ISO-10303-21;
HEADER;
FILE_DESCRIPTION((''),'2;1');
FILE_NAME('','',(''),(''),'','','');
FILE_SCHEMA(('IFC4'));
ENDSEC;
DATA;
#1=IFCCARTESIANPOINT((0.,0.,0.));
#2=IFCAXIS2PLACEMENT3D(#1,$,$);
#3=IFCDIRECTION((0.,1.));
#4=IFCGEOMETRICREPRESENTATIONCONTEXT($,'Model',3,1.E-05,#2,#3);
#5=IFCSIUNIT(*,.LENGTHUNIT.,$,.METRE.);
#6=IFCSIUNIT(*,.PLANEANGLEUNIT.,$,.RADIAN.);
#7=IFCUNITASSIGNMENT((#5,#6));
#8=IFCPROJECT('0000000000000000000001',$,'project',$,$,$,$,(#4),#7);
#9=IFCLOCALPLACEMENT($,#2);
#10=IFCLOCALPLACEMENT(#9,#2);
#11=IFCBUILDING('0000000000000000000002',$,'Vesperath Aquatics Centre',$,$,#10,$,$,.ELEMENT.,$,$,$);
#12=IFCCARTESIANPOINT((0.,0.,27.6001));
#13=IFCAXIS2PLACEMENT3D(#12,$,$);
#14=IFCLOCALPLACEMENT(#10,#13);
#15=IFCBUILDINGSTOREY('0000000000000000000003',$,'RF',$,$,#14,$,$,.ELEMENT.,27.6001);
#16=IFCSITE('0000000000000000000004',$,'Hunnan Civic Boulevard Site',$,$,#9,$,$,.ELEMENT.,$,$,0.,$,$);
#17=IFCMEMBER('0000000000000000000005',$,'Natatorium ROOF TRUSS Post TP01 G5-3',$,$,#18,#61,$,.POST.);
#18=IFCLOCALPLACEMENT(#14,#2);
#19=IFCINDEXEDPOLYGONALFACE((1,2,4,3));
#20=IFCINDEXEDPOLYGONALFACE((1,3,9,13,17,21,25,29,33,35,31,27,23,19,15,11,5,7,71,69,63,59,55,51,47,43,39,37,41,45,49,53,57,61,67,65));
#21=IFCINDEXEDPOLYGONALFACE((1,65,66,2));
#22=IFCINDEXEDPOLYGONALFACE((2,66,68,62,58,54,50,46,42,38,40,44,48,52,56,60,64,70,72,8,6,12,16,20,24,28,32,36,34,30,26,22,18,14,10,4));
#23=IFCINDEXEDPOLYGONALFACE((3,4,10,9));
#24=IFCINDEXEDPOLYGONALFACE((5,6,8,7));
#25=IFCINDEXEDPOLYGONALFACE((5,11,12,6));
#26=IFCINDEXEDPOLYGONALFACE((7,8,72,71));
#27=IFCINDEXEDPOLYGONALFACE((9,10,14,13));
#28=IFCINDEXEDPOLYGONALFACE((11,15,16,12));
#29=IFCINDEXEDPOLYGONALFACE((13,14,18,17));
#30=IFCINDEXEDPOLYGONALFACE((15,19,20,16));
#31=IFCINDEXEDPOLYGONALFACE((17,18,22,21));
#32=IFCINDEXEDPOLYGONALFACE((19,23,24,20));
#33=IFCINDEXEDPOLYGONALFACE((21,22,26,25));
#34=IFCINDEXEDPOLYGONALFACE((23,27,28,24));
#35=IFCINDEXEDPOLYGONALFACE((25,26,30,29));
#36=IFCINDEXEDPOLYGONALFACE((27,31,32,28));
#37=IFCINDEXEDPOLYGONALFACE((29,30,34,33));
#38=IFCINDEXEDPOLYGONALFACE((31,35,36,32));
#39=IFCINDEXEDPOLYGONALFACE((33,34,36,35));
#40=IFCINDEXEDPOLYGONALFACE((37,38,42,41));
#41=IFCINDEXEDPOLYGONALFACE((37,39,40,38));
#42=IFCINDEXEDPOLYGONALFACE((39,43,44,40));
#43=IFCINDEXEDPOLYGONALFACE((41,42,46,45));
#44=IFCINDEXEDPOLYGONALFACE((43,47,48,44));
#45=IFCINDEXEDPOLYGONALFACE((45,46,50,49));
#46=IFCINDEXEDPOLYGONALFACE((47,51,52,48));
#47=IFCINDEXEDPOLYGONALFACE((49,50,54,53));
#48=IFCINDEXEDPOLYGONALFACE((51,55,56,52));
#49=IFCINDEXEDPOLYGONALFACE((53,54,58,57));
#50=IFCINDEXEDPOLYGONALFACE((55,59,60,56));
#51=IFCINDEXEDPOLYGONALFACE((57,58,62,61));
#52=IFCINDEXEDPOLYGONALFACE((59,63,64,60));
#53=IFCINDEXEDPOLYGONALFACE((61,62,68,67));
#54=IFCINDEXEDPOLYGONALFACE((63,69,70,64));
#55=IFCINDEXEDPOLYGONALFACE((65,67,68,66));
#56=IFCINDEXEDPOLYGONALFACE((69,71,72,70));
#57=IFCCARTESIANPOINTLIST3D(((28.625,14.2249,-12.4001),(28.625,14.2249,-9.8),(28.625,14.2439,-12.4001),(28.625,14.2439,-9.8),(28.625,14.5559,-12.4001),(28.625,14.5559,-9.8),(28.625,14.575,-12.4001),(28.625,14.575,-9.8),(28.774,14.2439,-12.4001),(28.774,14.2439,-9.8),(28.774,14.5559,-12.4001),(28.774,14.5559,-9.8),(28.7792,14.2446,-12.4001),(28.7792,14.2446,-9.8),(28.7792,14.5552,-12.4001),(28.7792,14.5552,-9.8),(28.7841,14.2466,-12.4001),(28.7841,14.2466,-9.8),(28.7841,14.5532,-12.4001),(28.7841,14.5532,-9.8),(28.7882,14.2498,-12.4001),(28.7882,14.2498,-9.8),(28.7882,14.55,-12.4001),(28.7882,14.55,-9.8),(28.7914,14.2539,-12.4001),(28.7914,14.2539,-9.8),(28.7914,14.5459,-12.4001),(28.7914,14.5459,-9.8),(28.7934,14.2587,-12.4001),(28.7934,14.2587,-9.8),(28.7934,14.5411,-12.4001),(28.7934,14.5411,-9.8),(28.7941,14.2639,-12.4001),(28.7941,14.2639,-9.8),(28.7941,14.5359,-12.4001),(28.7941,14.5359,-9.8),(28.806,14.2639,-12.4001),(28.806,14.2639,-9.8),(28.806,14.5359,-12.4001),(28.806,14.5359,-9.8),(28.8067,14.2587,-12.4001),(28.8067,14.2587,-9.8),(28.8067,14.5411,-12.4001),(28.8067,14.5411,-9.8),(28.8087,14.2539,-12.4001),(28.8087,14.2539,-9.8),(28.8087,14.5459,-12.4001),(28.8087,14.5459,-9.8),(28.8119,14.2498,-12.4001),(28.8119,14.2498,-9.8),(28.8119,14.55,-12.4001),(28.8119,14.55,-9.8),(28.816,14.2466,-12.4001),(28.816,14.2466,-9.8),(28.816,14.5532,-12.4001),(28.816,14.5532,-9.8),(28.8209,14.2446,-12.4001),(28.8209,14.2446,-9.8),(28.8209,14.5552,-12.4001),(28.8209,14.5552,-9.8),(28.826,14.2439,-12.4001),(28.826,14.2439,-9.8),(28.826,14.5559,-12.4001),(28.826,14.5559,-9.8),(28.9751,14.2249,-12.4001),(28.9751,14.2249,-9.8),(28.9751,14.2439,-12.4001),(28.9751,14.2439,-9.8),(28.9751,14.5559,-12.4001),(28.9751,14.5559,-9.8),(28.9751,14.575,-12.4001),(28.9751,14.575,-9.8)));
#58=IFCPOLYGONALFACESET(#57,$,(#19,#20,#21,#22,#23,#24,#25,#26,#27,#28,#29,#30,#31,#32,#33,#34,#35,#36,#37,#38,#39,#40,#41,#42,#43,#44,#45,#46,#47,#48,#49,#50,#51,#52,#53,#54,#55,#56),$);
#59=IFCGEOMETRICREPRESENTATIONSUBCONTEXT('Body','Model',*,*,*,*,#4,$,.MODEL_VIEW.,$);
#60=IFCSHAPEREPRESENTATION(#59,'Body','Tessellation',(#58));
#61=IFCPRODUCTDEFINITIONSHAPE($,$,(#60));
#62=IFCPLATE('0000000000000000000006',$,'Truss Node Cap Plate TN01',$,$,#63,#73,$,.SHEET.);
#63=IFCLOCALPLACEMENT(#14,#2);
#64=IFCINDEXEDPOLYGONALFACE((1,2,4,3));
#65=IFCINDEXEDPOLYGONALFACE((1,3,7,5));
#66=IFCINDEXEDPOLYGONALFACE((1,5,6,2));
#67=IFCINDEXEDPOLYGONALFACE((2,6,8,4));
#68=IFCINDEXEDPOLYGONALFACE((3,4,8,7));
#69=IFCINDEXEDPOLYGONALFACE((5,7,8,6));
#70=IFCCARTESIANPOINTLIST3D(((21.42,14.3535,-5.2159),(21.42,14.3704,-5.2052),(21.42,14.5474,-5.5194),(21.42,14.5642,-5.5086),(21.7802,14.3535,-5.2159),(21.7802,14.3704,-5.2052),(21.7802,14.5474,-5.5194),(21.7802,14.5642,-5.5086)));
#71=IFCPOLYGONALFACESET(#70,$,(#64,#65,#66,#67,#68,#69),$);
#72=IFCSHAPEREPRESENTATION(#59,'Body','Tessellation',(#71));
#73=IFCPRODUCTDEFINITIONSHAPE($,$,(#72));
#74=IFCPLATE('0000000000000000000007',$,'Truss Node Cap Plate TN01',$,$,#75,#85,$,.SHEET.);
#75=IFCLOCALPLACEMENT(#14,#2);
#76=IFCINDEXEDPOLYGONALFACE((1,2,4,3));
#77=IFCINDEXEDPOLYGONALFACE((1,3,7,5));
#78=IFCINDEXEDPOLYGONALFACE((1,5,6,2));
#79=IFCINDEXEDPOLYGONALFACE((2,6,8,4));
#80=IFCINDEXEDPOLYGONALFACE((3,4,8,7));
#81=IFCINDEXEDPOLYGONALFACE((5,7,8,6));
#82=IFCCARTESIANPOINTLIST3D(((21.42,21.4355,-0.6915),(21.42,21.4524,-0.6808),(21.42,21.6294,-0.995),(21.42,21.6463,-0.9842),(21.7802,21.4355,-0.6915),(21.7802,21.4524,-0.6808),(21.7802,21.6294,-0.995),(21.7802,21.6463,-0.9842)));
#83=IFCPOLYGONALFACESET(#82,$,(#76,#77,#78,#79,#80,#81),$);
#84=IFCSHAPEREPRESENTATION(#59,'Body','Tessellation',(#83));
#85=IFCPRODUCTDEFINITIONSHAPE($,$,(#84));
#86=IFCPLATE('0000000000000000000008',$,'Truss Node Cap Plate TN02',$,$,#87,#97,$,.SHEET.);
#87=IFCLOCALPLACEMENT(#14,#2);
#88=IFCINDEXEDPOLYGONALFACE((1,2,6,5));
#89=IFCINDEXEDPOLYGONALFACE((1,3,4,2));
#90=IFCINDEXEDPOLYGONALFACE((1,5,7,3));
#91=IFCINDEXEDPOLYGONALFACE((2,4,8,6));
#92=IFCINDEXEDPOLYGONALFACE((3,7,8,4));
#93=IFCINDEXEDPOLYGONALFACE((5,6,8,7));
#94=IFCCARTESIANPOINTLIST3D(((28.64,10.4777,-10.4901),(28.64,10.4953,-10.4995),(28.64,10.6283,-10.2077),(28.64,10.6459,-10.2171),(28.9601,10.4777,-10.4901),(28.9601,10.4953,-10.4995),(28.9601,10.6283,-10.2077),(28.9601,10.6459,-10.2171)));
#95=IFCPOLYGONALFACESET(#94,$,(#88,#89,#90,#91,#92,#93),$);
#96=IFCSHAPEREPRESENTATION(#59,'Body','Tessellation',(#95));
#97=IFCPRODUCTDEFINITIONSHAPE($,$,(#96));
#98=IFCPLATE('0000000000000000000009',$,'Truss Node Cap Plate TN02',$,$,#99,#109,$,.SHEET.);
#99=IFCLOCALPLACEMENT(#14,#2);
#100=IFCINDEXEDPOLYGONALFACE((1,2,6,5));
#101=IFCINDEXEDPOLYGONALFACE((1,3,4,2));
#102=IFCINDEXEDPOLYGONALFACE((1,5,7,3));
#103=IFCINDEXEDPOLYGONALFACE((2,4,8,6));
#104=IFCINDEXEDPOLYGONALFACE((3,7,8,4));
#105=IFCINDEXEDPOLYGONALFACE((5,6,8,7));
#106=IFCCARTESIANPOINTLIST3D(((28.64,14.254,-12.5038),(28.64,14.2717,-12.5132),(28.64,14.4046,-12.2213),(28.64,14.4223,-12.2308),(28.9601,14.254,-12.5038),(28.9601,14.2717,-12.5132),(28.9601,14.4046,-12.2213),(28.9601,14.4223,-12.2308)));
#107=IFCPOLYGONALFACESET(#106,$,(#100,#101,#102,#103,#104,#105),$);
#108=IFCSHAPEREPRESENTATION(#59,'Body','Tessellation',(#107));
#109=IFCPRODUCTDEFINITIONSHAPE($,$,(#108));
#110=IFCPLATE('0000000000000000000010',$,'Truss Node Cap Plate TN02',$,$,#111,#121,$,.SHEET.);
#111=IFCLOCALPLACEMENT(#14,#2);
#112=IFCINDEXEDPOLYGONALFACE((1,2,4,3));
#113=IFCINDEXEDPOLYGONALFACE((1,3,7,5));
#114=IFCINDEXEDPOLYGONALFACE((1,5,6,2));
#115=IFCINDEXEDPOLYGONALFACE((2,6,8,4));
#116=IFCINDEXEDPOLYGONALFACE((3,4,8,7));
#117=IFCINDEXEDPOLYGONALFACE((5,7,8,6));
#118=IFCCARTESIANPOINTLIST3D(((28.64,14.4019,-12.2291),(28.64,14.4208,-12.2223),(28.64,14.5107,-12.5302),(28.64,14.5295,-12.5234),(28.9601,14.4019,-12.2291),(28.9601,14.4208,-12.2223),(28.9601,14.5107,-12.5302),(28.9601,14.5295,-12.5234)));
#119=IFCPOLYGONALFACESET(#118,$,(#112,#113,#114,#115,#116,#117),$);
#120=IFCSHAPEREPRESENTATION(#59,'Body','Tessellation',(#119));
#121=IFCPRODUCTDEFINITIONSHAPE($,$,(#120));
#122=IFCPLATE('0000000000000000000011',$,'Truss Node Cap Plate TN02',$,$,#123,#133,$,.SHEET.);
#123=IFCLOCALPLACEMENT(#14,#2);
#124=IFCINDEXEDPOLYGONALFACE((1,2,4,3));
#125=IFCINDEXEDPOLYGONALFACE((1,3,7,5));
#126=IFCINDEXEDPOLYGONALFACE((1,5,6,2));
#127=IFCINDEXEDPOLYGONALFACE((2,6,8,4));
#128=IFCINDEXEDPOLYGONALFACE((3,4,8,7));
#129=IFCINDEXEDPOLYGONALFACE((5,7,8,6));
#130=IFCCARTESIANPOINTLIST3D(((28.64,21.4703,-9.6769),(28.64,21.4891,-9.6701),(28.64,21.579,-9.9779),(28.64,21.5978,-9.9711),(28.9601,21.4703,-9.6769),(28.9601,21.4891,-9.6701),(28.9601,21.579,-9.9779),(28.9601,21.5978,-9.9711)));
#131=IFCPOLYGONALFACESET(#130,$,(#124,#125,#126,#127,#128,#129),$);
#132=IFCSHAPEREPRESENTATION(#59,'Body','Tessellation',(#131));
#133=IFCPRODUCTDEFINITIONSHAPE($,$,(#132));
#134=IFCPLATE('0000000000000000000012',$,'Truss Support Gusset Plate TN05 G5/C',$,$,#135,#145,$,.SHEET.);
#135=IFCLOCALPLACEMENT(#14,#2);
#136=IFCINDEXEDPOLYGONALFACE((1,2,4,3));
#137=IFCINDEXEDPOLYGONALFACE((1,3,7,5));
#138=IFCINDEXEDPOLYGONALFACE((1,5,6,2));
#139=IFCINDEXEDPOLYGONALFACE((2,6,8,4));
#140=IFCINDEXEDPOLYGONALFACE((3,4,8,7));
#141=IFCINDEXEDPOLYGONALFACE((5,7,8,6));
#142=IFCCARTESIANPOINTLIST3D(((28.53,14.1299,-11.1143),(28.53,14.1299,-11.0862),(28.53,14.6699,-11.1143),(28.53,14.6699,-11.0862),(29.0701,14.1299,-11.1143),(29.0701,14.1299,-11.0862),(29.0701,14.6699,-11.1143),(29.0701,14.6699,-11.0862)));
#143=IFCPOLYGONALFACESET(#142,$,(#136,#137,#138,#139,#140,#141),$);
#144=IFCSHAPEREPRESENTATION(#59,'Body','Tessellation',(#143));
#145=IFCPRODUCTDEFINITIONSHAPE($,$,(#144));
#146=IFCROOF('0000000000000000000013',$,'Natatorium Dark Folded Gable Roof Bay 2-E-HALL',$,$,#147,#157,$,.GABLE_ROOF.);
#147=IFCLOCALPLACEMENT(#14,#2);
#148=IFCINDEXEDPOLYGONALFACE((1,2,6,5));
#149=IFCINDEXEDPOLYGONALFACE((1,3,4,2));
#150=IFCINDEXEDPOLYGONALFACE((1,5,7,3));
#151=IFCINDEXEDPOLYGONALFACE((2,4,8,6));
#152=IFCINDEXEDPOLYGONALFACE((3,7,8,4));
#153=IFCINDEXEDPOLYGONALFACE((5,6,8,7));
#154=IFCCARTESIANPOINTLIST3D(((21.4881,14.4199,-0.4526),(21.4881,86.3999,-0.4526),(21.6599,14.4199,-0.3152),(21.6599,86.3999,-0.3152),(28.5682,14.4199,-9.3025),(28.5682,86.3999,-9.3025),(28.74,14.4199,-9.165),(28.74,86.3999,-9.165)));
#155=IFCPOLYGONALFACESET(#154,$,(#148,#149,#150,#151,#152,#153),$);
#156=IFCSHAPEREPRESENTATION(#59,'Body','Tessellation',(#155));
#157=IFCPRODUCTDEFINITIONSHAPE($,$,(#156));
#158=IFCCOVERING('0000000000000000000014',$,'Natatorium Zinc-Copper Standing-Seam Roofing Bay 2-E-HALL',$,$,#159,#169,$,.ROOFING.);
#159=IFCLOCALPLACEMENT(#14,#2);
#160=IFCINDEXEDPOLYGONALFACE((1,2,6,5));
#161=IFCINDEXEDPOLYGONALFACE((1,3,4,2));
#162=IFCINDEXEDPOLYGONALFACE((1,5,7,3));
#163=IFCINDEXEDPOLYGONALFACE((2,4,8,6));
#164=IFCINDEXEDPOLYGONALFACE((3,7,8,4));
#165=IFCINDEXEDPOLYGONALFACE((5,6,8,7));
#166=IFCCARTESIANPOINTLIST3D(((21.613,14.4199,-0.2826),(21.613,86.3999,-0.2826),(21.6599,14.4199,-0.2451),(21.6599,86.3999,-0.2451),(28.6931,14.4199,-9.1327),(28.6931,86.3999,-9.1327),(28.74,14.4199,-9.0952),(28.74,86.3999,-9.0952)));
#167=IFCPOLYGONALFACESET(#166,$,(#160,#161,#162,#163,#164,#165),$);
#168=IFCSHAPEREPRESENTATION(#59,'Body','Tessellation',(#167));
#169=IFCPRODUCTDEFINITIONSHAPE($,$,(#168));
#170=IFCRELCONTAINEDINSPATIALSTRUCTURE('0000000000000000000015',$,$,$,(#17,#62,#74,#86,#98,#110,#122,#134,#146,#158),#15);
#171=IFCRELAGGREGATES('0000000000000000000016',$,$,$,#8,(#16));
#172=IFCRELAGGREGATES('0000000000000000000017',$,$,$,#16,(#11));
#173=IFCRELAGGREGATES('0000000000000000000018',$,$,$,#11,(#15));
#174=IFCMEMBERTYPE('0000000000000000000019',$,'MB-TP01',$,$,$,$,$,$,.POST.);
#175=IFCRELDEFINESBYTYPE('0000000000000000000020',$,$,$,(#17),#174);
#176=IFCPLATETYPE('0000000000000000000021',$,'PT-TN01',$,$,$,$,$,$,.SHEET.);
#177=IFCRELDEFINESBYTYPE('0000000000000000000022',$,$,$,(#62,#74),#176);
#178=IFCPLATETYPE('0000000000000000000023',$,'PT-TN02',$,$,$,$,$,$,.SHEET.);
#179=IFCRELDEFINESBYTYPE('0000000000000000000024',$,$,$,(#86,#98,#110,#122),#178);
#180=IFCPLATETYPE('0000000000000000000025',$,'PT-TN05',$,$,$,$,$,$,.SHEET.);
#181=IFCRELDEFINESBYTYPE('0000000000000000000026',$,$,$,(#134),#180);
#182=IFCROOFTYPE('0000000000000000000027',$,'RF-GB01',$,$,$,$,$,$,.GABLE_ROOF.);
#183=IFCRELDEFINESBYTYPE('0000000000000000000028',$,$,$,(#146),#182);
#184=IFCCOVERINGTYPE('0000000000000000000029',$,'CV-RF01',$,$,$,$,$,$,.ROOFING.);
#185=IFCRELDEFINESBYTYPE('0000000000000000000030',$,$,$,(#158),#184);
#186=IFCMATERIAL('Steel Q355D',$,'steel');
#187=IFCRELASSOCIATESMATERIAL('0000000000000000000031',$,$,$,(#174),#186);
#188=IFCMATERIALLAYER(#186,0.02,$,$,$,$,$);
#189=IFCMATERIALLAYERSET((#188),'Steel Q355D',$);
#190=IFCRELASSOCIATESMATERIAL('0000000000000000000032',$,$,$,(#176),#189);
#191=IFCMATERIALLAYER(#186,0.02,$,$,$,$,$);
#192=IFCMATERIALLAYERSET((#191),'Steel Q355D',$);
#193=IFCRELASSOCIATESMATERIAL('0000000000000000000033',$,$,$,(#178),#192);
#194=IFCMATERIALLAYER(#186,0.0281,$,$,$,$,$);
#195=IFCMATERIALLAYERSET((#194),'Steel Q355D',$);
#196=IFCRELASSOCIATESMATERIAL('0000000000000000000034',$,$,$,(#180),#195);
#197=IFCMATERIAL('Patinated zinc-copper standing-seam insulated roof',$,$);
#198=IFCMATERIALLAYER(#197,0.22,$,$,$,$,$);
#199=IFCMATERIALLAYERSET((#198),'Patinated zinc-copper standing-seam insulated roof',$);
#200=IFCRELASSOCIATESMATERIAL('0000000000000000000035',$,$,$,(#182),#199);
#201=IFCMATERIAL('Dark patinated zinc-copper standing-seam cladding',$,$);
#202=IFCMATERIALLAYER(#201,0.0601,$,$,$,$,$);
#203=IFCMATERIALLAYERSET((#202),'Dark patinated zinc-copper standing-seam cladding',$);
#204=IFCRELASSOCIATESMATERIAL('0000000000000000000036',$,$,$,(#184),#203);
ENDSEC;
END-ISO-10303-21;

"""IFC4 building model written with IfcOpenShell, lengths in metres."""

from ifc_helpers import new_model, si_unit, direction, frame, origin, origin_2d, place, context, subcontext, project, spatial, polyline, rectangle, i_section, outline, extrude, material, layer, layer_set, material_profile, profile_set, type_object, element, save


model = new_model("IFC4")

# Units and contexts
model_context = context("Model", 3, precision=1e-05, world=origin(), true_north=direction((0.0, 1.0)))
body_context = subcontext(model_context, "Body", "Model", "MODEL_VIEW")
ifc_project = project(units=[si_unit("LENGTHUNIT", "METRE"), si_unit("PLANEANGLEUNIT", "RADIAN")], contexts=[model_context])

# Site, building, storey
site_placement = place(None, origin())
site = spatial("IfcSite", under=ifc_project, at=site_placement, Name="Hunnan Civic Boulevard Site", CompositionType="ELEMENT", RefElevation=0.0)
building_placement = place(site_placement, origin())
building = spatial("IfcBuilding", under=site, at=building_placement, Name="Vesperath Aquatics Centre", CompositionType="ELEMENT")
storey_placement = place(building_placement, frame((0.0, 0.0, 27.6001)))
storey = spatial("IfcBuildingStorey", under=building, at=storey_placement, Name="RF", CompositionType="ELEMENT", Elevation=27.6001)

# Member
ifc_material_1 = material(Name="Steel Q355D", Category="steel")
ifc_material_profile_1 = material_profile(ifc_material_1, i_section(OverallWidth=0.3501, OverallDepth=0.3501, WebThickness=0.012, FlangeThickness=0.019, FilletRadius=0.02, at=origin_2d()), Name="HW 350x350x12x19")
ifc_profile_set_1 = profile_set([ifc_material_profile_1], Name="Steel Q355D")
member_type_1 = type_object("IfcMemberType", Name="MB-TP01", PredefinedType="POST", material=ifc_profile_set_1)
member_1_placement = place(storey_placement, frame((28.8, 14.3999, -12.4001), z_axis=(0.0, 0.0, 1.0), x_axis=(1.0, 0.0, 0.0)))
element("IfcMember", 1, at=member_1_placement, inside=storey, type_object=member_type_1, Name="Natatorium ROOF TRUSS Post TP01 G5-3", PredefinedType="POST", context=body_context, shape_type="SweptSolid", body=[
    extrude(i_section(OverallWidth=0.3501, OverallDepth=0.3501, WebThickness=0.012, FlangeThickness=0.019, FilletRadius=0.02, at=origin_2d()), origin(), (0.0, 0.0, 1.0), 2.6001),
])

# Plates
ifc_layer_1 = layer(ifc_material_1, 0.02)
ifc_layer_set_1 = layer_set([ifc_layer_1], Name="Steel Q355D")
plate_type_1 = type_object("IfcPlateType", Name="PT-TN01", PredefinedType="SHEET", material=ifc_layer_set_1)
for number, where, z_axis, x_axis, name in (
    (2, (21.6001, 14.4504, -5.3677), (0.0, 0.842696, 0.538389), (-1.0, 0.0, 0.0), "Truss Node Cap Plate TN01"),
    (3, (21.6001, 21.5325, -0.8433), (0.0, 0.842696, 0.538389), (-1.0, 0.0, 0.0), "Truss Node Cap Plate TN01"),
):
    element("IfcPlate", number, at=place(storey_placement, frame(where, z_axis=z_axis, x_axis=x_axis)), inside=storey, type_object=plate_type_1, Name=name, PredefinedType="SHEET", context=body_context, shape_type="SweptSolid", body=[
        extrude(rectangle(XDim=0.3601, YDim=0.3601, at=origin_2d()), origin(), (0.0, 0.0, 1.0), 0.02),
    ])
ifc_layer_2 = layer(ifc_material_1, 0.02)
ifc_layer_set_2 = layer_set([ifc_layer_2], Name="Steel Q355D")
plate_type_2 = type_object("IfcPlateType", Name="PT-TN02", PredefinedType="SHEET", material=ifc_layer_set_2)
for number, where, z_axis, x_axis, name in (
    (4, (28.8, 10.553, -10.3489), (0.0, 0.882391, -0.470518), (-1.0, 0.0, 0.0), "Truss Node Cap Plate TN02"),
    (5, (28.8, 14.3293, -12.3625), (0.0, 0.882391, -0.470518), (-1.0, 0.0, 0.0), "Truss Node Cap Plate TN02"),
    (6, (28.8, 14.4563, -12.3796), (0.0, 0.940554, 0.339644), (-1.0, 0.0, 0.0), "Truss Node Cap Plate TN02"),
    (7, (28.8, 21.5247, -9.8274), (0.0, 0.940554, 0.339644), (-1.0, 0.0, 0.0), "Truss Node Cap Plate TN02"),
):
    element("IfcPlate", number, at=place(storey_placement, frame(where, z_axis=z_axis, x_axis=x_axis)), inside=storey, type_object=plate_type_2, Name=name, PredefinedType="SHEET", context=body_context, shape_type="SweptSolid", body=[
        extrude(rectangle(XDim=0.3201, YDim=0.3201, at=origin_2d()), origin(), (0.0, 0.0, 1.0), 0.02),
    ])
ifc_layer_3 = layer(ifc_material_1, 0.0281)
ifc_layer_set_3 = layer_set([ifc_layer_3], Name="Steel Q355D")
plate_type_3 = type_object("IfcPlateType", Name="PT-TN05", PredefinedType="SHEET", material=ifc_layer_set_3)
plate_placement = place(storey_placement, frame((28.8, 14.3999, -11.1143), z_axis=(0.0, 0.0, 1.0), x_axis=(0.0, 1.0, 0.0)))
element("IfcPlate", 8, at=plate_placement, inside=storey, type_object=plate_type_3, Name="Truss Support Gusset Plate TN05 G5/C", PredefinedType="SHEET", context=body_context, shape_type="SweptSolid", body=[
    extrude(rectangle(XDim=0.54, YDim=0.54, at=origin_2d()), origin(), (0.0, 0.0, 1.0), 0.0281),
])

# Roof
ifc_material_2 = material(Name="Patinated zinc-copper standing-seam insulated roof")
ifc_layer_4 = layer(ifc_material_2, 0.22)
ifc_layer_set_4 = layer_set([ifc_layer_4], Name="Patinated zinc-copper standing-seam insulated roof")
roof_type = type_object("IfcRoofType", Name="RF-GB01", PredefinedType="GABLE_ROOF", material=ifc_layer_set_4)
roof_placement = place(storey_placement, frame((21.6599, 14.4199, -0.3152), z_axis=(0.78086, 0.0, 0.624706), x_axis=(0.624706, 0.0, -0.78086)))
element("IfcRoof", 9, at=roof_placement, inside=storey, type_object=roof_type, Name="Natatorium Dark Folded Gable Roof Bay 2-E-HALL", PredefinedType="GABLE_ROOF", context=body_context, shape_type="SweptSolid", body=[
    extrude(outline(polyline([(0.0, 0.0), (11.3335, 0.0), (11.3335, 71.98), (0.0, 71.98), (0.0, 0.0)])), origin(), (0.0, 0.0, -1.0), 0.22),
])

# Covering
ifc_material_3 = material(Name="Dark patinated zinc-copper standing-seam cladding")
ifc_layer_5 = layer(ifc_material_3, 0.0601)
ifc_layer_set_5 = layer_set([ifc_layer_5], Name="Dark patinated zinc-copper standing-seam cladding")
covering_type = type_object("IfcCoveringType", Name="CV-RF01", PredefinedType="ROOFING", material=ifc_layer_set_5)
covering_placement = place(storey_placement, frame((21.6599, 14.4199, -0.2451), z_axis=(0.780869, 0.0, 0.624695), x_axis=(0.624695, 0.0, -0.780869)))
element("IfcCovering", 10, at=covering_placement, inside=storey, type_object=covering_type, Name="Natatorium Zinc-Copper Standing-Seam Roofing Bay 2-E-HALL", PredefinedType="ROOFING", context=body_context, shape_type="SweptSolid", body=[
    extrude(outline(polyline([(0.0, 0.0), (11.3337, 0.0), (11.3337, 71.98), (0.0, 71.98), (0.0, 0.0)])), origin(), (0.0, 0.0, -1.0), 0.0601),
])

save(model, "model.ifc")
